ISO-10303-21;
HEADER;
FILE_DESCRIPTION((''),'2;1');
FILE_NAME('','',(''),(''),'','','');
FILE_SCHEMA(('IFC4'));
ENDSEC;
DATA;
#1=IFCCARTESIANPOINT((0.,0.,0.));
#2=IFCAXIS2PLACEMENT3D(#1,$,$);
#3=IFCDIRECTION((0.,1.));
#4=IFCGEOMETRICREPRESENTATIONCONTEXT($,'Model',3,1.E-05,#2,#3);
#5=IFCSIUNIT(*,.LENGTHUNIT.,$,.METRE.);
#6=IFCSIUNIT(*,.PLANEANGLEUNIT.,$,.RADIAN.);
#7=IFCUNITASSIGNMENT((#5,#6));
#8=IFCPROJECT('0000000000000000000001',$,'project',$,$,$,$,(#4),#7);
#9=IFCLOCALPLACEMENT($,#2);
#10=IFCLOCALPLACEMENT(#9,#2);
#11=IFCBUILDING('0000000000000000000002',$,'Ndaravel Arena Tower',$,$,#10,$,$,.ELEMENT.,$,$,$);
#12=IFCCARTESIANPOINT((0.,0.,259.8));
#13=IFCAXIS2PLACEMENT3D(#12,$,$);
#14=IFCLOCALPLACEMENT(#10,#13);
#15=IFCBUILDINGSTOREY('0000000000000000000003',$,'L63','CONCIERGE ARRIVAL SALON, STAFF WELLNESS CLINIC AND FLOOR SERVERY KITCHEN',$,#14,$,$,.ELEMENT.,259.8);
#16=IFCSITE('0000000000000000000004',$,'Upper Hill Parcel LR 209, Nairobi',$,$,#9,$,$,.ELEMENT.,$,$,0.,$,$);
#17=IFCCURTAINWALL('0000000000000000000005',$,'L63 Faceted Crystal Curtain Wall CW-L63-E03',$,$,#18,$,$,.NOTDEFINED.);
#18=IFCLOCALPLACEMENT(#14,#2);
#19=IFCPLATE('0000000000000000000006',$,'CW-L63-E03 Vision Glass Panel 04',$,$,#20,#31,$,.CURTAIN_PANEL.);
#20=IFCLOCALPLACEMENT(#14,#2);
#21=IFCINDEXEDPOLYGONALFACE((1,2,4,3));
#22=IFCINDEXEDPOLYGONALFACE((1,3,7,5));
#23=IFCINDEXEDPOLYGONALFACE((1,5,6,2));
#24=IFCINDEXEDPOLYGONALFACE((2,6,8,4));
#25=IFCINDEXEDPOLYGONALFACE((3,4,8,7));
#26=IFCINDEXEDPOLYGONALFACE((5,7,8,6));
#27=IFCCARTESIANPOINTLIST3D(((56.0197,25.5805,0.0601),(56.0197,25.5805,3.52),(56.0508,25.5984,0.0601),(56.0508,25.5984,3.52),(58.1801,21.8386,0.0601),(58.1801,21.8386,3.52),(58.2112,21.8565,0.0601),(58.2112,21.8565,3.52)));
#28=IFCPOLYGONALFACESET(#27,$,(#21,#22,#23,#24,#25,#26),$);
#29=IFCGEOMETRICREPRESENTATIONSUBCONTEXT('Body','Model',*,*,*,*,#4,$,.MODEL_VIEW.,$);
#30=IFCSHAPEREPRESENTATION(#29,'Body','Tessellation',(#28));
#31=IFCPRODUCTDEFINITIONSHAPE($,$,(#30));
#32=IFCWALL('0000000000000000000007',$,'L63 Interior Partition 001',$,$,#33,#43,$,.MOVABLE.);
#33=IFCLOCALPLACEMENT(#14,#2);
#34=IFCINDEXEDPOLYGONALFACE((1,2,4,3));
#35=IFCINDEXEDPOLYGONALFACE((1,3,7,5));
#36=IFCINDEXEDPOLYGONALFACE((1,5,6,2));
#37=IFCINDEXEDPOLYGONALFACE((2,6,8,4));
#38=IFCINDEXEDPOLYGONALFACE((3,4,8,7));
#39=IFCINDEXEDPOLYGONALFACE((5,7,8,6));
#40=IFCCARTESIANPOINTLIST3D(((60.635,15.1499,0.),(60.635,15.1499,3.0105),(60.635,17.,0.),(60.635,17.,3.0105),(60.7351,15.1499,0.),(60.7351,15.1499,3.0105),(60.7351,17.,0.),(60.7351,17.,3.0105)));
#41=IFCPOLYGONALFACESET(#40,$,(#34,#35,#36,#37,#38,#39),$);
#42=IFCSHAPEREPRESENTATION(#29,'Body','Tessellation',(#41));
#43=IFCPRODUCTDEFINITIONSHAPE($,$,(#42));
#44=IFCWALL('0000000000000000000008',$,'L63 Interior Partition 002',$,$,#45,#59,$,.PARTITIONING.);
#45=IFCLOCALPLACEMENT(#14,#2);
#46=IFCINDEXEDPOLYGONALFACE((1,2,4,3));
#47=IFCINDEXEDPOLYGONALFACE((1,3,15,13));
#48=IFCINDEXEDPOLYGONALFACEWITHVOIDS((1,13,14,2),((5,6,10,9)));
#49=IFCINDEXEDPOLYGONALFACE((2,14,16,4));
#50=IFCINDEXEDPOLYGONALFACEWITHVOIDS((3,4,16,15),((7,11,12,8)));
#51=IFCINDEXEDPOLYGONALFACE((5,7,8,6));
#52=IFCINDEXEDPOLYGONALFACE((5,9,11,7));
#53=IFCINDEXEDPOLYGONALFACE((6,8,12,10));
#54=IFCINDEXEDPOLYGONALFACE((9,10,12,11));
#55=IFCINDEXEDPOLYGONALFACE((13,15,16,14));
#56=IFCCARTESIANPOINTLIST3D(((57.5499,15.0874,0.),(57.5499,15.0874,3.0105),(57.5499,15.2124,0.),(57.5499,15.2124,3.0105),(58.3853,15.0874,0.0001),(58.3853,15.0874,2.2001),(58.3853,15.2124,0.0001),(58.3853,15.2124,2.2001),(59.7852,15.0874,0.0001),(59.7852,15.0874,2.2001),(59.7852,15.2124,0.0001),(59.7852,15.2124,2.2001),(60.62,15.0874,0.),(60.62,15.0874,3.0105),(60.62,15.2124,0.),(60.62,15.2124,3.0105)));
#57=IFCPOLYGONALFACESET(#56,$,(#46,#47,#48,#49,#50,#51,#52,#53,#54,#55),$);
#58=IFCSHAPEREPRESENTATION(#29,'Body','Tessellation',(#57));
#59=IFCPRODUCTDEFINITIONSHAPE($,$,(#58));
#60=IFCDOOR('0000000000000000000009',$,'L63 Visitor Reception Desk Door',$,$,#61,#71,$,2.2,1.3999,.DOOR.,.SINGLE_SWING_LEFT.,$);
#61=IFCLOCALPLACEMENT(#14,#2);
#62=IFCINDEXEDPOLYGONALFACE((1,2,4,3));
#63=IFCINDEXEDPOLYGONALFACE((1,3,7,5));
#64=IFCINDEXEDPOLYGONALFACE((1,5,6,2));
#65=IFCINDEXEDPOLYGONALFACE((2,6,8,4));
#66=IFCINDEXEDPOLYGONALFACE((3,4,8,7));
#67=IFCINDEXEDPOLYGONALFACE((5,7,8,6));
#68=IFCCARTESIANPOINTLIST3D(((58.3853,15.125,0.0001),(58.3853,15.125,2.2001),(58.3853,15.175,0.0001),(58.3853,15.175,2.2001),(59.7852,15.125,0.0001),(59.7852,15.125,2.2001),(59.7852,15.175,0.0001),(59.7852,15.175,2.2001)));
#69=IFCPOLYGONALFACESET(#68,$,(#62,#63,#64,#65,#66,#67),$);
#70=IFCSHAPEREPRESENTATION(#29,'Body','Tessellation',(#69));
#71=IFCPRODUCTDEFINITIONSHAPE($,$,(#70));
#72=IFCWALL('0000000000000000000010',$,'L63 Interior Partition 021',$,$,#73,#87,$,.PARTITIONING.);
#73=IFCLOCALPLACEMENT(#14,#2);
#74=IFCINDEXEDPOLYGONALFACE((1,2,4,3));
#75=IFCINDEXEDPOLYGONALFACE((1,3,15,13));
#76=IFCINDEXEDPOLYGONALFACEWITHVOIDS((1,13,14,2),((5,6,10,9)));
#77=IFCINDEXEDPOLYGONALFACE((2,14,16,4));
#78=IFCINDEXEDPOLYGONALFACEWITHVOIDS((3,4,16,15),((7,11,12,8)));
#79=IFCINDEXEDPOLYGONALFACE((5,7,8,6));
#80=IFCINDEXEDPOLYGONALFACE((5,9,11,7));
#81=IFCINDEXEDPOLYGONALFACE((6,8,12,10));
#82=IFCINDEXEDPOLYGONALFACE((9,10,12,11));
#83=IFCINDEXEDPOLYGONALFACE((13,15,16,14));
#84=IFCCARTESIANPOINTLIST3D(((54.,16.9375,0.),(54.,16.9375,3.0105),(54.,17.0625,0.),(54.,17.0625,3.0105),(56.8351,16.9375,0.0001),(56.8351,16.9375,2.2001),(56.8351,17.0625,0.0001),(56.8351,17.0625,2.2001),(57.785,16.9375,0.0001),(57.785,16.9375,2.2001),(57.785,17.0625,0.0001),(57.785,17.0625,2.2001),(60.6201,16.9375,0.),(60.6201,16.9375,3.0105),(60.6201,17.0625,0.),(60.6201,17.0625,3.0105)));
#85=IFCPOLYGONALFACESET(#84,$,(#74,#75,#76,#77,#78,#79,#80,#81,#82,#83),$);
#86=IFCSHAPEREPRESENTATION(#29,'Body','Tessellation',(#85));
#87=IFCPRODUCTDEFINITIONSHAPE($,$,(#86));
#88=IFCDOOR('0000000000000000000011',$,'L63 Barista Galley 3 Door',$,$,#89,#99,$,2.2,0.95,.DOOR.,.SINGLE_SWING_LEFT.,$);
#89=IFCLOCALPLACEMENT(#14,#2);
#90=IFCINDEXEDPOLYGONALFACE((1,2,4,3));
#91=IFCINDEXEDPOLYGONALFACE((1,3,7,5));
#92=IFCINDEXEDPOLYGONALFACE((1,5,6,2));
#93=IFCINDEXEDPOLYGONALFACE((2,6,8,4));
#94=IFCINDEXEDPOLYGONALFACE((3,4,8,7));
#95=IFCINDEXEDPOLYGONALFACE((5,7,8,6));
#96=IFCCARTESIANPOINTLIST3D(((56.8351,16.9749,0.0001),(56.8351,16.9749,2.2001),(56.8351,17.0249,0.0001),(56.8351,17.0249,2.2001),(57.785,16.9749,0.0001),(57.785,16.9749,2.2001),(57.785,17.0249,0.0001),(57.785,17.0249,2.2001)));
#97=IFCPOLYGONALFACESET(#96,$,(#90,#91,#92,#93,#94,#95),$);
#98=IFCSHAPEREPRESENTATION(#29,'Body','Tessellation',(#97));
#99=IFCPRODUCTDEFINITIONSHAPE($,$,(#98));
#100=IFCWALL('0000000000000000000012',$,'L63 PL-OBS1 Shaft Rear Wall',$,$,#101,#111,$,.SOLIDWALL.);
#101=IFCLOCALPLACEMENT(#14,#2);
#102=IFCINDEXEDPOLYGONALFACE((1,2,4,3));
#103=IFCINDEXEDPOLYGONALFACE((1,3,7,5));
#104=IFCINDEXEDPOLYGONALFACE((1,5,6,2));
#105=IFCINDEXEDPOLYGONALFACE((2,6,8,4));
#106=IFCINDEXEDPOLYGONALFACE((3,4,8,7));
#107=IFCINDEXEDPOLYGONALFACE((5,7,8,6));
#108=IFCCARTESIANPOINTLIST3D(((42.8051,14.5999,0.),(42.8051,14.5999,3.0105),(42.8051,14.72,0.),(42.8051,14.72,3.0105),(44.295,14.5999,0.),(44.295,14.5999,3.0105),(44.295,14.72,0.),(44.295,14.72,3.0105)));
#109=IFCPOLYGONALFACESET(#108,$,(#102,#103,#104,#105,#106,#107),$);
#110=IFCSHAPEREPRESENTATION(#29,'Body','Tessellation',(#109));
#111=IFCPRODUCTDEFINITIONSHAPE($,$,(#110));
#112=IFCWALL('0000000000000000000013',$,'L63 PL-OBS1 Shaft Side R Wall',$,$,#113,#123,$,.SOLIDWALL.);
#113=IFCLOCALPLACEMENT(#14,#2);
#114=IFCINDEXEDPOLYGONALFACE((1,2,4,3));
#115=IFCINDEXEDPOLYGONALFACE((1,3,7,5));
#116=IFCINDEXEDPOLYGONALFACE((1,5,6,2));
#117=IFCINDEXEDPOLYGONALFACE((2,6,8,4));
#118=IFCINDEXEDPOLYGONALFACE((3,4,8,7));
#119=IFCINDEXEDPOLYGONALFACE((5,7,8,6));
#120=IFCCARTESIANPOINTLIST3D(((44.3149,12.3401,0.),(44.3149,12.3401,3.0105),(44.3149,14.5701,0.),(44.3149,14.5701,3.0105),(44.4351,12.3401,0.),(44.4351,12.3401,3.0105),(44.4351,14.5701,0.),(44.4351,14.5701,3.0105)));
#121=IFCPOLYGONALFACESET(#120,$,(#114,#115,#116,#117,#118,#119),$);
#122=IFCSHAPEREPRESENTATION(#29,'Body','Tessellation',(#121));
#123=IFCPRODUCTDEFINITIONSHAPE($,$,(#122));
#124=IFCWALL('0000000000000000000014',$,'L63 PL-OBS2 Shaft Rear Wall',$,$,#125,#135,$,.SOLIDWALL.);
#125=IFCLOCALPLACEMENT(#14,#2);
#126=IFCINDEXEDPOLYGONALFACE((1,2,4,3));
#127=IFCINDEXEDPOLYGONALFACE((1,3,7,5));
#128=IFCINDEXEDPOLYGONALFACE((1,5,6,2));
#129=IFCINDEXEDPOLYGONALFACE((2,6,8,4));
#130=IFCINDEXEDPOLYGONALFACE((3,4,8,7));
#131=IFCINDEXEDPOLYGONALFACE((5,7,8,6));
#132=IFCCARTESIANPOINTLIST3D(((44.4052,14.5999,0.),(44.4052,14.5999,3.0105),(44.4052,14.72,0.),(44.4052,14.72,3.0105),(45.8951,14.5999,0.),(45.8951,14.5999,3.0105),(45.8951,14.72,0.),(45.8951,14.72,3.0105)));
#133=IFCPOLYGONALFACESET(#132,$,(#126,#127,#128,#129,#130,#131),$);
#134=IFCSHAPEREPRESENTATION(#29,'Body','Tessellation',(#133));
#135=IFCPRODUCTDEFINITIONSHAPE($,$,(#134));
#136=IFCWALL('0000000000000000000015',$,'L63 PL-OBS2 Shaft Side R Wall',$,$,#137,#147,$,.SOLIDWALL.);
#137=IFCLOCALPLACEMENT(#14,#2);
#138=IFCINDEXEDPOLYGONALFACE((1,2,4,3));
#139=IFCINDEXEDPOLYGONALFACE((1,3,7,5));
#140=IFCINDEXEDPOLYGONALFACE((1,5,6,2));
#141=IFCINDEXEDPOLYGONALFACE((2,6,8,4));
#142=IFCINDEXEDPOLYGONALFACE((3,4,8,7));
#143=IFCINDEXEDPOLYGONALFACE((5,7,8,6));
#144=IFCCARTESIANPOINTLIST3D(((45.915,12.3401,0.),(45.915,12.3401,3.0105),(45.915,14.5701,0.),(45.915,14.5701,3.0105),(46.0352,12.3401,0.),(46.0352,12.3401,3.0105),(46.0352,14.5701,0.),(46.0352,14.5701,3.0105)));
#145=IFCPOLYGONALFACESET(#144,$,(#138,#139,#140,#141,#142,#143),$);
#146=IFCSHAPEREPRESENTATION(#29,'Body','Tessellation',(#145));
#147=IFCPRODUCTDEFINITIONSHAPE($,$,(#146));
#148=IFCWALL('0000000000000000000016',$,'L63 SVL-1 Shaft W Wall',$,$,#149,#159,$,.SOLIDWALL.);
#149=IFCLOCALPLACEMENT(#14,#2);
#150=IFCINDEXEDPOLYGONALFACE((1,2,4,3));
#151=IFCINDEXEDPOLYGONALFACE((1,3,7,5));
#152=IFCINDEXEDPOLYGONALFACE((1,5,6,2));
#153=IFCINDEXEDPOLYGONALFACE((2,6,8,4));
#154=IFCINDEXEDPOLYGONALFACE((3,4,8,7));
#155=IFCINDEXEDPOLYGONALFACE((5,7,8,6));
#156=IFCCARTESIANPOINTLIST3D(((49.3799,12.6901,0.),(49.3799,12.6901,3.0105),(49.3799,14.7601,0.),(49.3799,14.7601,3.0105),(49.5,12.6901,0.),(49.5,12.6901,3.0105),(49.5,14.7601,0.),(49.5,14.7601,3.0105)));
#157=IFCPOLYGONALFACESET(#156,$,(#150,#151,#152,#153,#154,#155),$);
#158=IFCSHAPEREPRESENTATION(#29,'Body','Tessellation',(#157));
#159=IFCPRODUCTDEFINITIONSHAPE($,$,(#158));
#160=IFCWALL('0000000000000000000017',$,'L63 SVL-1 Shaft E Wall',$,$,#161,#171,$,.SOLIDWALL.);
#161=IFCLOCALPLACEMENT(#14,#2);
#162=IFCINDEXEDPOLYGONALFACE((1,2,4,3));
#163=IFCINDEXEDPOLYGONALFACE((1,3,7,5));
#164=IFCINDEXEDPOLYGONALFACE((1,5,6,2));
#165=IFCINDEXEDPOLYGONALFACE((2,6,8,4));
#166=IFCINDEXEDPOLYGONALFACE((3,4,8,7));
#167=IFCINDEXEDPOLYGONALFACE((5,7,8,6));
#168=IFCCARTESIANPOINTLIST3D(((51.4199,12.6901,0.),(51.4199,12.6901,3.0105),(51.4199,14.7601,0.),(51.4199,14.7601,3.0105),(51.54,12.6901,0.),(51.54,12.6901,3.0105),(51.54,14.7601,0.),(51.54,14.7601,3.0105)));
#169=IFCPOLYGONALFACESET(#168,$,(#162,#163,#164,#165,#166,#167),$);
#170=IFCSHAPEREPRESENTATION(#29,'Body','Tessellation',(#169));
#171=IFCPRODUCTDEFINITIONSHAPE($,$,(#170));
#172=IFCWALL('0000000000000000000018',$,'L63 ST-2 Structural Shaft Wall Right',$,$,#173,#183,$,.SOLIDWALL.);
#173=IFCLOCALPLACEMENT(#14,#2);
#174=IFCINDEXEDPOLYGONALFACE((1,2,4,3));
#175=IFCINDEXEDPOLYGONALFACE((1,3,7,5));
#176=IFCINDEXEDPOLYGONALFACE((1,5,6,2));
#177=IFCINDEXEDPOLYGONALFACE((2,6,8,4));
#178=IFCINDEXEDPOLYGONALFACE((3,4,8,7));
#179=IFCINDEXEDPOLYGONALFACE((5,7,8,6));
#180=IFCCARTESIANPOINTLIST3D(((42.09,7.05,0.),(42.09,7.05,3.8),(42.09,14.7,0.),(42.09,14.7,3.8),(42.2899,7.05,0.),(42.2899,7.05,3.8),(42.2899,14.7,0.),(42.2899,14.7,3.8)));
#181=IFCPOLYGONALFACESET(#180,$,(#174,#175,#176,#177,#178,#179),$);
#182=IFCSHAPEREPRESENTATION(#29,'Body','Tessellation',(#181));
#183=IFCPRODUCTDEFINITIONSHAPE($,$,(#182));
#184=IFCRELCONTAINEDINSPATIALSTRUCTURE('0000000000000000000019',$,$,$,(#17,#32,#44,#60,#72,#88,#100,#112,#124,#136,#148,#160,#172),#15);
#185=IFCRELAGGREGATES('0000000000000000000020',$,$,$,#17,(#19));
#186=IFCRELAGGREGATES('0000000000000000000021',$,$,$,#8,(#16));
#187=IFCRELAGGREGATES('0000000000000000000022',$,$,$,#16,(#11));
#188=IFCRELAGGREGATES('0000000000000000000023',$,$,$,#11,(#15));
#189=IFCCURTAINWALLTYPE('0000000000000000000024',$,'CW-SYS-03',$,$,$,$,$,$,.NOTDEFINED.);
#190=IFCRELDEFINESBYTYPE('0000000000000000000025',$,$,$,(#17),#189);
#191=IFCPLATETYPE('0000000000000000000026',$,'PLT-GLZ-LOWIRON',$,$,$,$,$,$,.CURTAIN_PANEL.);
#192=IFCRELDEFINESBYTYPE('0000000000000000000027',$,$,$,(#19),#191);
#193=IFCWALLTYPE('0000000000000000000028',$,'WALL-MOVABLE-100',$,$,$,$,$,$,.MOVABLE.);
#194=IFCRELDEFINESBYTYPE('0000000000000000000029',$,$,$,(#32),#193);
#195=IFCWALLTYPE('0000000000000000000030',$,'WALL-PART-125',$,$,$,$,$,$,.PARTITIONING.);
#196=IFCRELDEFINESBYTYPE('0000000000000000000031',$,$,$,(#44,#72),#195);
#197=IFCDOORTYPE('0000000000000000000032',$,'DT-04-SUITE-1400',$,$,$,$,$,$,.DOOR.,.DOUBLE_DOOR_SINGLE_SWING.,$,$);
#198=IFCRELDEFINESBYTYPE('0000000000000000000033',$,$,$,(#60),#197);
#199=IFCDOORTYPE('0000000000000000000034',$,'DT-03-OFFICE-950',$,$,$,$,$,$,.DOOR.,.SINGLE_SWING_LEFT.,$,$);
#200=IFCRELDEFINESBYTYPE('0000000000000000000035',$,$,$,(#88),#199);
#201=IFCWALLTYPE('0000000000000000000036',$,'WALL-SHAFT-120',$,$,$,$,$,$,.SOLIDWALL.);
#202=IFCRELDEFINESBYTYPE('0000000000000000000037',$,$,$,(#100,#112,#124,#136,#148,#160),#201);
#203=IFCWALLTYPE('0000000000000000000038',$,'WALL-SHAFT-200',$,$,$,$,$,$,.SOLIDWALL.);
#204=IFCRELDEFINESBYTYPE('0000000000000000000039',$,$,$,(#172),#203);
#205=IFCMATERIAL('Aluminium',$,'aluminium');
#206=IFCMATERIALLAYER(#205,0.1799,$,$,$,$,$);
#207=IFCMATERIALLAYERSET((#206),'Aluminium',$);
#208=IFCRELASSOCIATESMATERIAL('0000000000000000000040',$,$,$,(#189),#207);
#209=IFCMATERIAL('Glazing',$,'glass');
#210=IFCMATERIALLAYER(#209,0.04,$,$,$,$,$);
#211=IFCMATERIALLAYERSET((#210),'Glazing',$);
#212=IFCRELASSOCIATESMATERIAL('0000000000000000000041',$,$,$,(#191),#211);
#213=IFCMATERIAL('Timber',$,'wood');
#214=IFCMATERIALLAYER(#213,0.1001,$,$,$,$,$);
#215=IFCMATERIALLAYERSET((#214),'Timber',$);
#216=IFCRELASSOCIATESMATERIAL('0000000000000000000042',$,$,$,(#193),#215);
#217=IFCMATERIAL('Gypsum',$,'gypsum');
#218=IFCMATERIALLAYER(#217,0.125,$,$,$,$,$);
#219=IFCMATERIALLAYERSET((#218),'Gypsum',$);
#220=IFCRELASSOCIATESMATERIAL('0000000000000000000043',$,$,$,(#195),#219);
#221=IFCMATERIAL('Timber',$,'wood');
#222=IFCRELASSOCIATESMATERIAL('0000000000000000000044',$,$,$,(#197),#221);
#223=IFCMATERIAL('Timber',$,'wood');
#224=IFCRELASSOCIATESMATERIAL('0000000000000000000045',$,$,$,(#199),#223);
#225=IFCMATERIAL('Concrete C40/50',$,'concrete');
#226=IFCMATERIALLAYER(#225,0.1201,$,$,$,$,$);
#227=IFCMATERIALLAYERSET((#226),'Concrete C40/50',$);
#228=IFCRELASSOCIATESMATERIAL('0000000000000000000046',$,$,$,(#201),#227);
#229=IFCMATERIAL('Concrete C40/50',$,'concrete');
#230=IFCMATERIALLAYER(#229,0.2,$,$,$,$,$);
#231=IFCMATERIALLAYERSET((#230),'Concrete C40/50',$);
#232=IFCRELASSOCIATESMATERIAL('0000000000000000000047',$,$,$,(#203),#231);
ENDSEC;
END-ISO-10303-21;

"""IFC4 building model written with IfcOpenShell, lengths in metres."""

from ifc_helpers import new_model, si_unit, direction, frame, frame_2d, origin, origin_2d, place, context, subcontext, project, spatial, rectangle, extrude, material, layer, layer_set, type_object, element, fill, aggregate, save


model = new_model("IFC4")

# Units and contexts
model_context = context("Model", 3, precision=1e-05, world=origin(), true_north=direction((0.0, 1.0)))
body_context = subcontext(model_context, "Body", "Model", "MODEL_VIEW")
ifc_project = project(units=[si_unit("LENGTHUNIT", "METRE"), si_unit("PLANEANGLEUNIT", "RADIAN")], contexts=[model_context])

# Site, building, storey
site_placement = place(None, origin())
site = spatial("IfcSite", under=ifc_project, at=site_placement, Name="Upper Hill Parcel LR 209, Nairobi", CompositionType="ELEMENT", RefElevation=0.0)
building_placement = place(site_placement, origin())
building = spatial("IfcBuilding", under=site, at=building_placement, Name="Ndaravel Arena Tower", CompositionType="ELEMENT")
storey_placement = place(building_placement, frame((0.0, 0.0, 259.8)))
storey = spatial("IfcBuildingStorey", under=building, at=storey_placement, Name="L63", Description="CONCIERGE ARRIVAL SALON, STAFF WELLNESS CLINIC AND FLOOR SERVERY KITCHEN", CompositionType="ELEMENT", Elevation=259.8)

# Curtain wall, plate
ifc_material_1 = material(Name="Aluminium", Category="aluminium")
ifc_layer_1 = layer(ifc_material_1, 0.1799)
ifc_layer_set_1 = layer_set([ifc_layer_1], Name="Aluminium")
curtain_wall_type = type_object("IfcCurtainWallType", Name="CW-SYS-03", PredefinedType="NOTDEFINED", material=ifc_layer_set_1)
curtain_wall_placement = place(storey_placement, origin())
curtain_wall = element("IfcCurtainWall", 1, at=curtain_wall_placement, inside=storey, type_object=curtain_wall_type, Name="L63 Faceted Crystal Curtain Wall CW-L63-E03", PredefinedType="NOTDEFINED")
ifc_material_2 = material(Name="Glazing", Category="glass")
ifc_layer_2 = layer(ifc_material_2, 0.04)
ifc_layer_set_2 = layer_set([ifc_layer_2], Name="Glazing")
plate_type = type_object("IfcPlateType", Name="PLT-GLZ-LOWIRON", PredefinedType="CURTAIN_PANEL", material=ifc_layer_set_2)
plate_1_placement = place(storey_placement, frame((57.1155, 23.7185, 0.0601), z_axis=(0.0, 0.0, 1.0), x_axis=(-0.5, 0.866025, 0.0)))
plate_1 = element("IfcPlate", 2, at=plate_1_placement, type_object=plate_type, Name="CW-L63-E03 Vision Glass Panel 04", PredefinedType="CURTAIN_PANEL", context=body_context, shape_type="SweptSolid", body=[
    extrude(rectangle(XDim=4.3208, YDim=0.0359, at=origin_2d()), origin(), (0.0, 0.0, 1.0), 3.46),
])
aggregate(curtain_wall, [plate_1])

# Wall
ifc_material_3 = material(Name="Timber", Category="wood")
ifc_layer_3 = layer(ifc_material_3, 0.1001)
ifc_layer_set_3 = layer_set([ifc_layer_3], Name="Timber")
wall_type_1 = type_object("IfcWallType", Name="WALL-MOVABLE-100", PredefinedType="MOVABLE", material=ifc_layer_set_3)
wall_1_placement = place(storey_placement, frame((60.6851, 17.0, 0.0), z_axis=(0.0, 0.0, 1.0), x_axis=(0.0, -1.0, 0.0)))
element("IfcWall", 3, at=wall_1_placement, inside=storey, type_object=wall_type_1, Name="L63 Interior Partition 001", PredefinedType="MOVABLE", context=body_context, shape_type="SweptSolid", body=[
    extrude(rectangle(XDim=1.8501, YDim=0.1001, at=frame_2d((0.925, 0.0))), origin(), (0.0, 0.0, 1.0), 3.0105),
])

# Walls, openings, doors
ifc_material_4 = material(Name="Gypsum", Category="gypsum")
ifc_layer_4 = layer(ifc_material_4, 0.125)
ifc_layer_set_4 = layer_set([ifc_layer_4], Name="Gypsum")
wall_type_2 = type_object("IfcWallType", Name="WALL-PART-125", PredefinedType="PARTITIONING", material=ifc_layer_set_4)
wall_2_placement = place(storey_placement, frame((60.6201, 15.1499, 0.0), z_axis=(0.0, 0.0, 1.0), x_axis=(-1.0, 0.0, 0.0)))
wall_2 = element("IfcWall", 4, at=wall_2_placement, inside=storey, type_object=wall_type_2, Name="L63 Interior Partition 002", PredefinedType="PARTITIONING", context=body_context, shape_type="SweptSolid", body=[
    extrude(rectangle(XDim=3.0701, YDim=0.125, at=frame_2d((1.5352, 0.0))), origin(), (0.0, 0.0, 1.0), 3.0105),
])
opening_1_placement = place(wall_2_placement, frame((0.835, 0.0, 0.0)))
opening_1 = element("IfcOpeningElement", 5, at=opening_1_placement, cuts=wall_2, PredefinedType="OPENING", context=body_context, shape_type="SweptSolid", body=[
    extrude(rectangle(XDim=1.3999, YDim=2.2, at=frame_2d((0.7, 1.1001))), frame((0.0, 0.0625, 0.0), z_axis=(0.0, -1.0, 0.0), x_axis=(1.0, 0.0, 0.0)), (0.0, 0.0, 1.0), 0.125),
])
ifc_material_5 = material(Name="Timber", Category="wood")
door_type_1 = type_object("IfcDoorType", Name="DT-04-SUITE-1400", OperationType="DOUBLE_DOOR_SINGLE_SWING", PredefinedType="DOOR", material=ifc_material_5)
door_1_placement = place(opening_1_placement, origin())
door_1 = element("IfcDoor", 6, at=door_1_placement, inside=storey, type_object=door_type_1, Name="L63 Visitor Reception Desk Door", OperationType="SINGLE_SWING_LEFT", OverallHeight=2.2, OverallWidth=1.3999, PredefinedType="DOOR", context=body_context, shape_type="SweptSolid", body=[
    extrude(rectangle(XDim=1.3999, YDim=2.2, at=frame_2d((0.7, 1.1001))), frame((0.0, 0.0249, 0.0), z_axis=(0.0, -1.0, 0.0), x_axis=(1.0, 0.0, 0.0)), (0.0, 0.0, 1.0), 0.05),
])
fill(opening_1, door_1)
wall_3_placement = place(storey_placement, frame((54.0, 17.0, 0.0), z_axis=(0.0, 0.0, 1.0), x_axis=(1.0, 0.0, 0.0)))
wall_3 = element("IfcWall", 7, at=wall_3_placement, inside=storey, type_object=wall_type_2, Name="L63 Interior Partition 021", PredefinedType="PARTITIONING", context=body_context, shape_type="SweptSolid", body=[
    extrude(rectangle(XDim=6.6201, YDim=0.125, at=frame_2d((3.3101, 0.0))), origin(), (0.0, 0.0, 1.0), 3.0105),
])
opening_2_placement = place(wall_3_placement, frame((2.835, 0.0, 0.0)))
opening_2 = element("IfcOpeningElement", 8, at=opening_2_placement, cuts=wall_3, PredefinedType="OPENING", context=body_context, shape_type="SweptSolid", body=[
    extrude(rectangle(XDim=0.95, YDim=2.2, at=frame_2d((0.4751, 1.1001))), frame((0.0, 0.0625, 0.0), z_axis=(0.0, -1.0, 0.0), x_axis=(1.0, 0.0, 0.0)), (0.0, 0.0, 1.0), 0.125),
])
ifc_material_6 = material(Name="Timber", Category="wood")
door_type_2 = type_object("IfcDoorType", Name="DT-03-OFFICE-950", OperationType="SINGLE_SWING_LEFT", PredefinedType="DOOR", material=ifc_material_6)
door_2_placement = place(opening_2_placement, origin())
door_2 = element("IfcDoor", 9, at=door_2_placement, inside=storey, type_object=door_type_2, Name="L63 Barista Galley 3 Door", OperationType="SINGLE_SWING_LEFT", OverallHeight=2.2, OverallWidth=0.95, PredefinedType="DOOR", context=body_context, shape_type="SweptSolid", body=[
    extrude(rectangle(XDim=0.95, YDim=2.2, at=frame_2d((0.4751, 1.1001))), frame((0.0, 0.0249, 0.0), z_axis=(0.0, -1.0, 0.0), x_axis=(1.0, 0.0, 0.0)), (0.0, 0.0, 1.0), 0.05),
])
fill(opening_2, door_2)

# Walls
ifc_material_7 = material(Name="Concrete C40/50", Category="concrete")
ifc_layer_5 = layer(ifc_material_7, 0.1201)
ifc_layer_set_5 = layer_set([ifc_layer_5], Name="Concrete C40/50")
wall_type_3 = type_object("IfcWallType", Name="WALL-SHAFT-120", PredefinedType="SOLIDWALL", material=ifc_layer_set_5)
wall_4_placement = place(storey_placement, frame((42.8049, 14.6599, 0.0), z_axis=(0.0, 0.0, 1.0), x_axis=(1.0, 0.0, 0.0)))
element("IfcWall", 10, at=wall_4_placement, inside=storey, type_object=wall_type_3, Name="L63 PL-OBS1 Shaft Rear Wall", PredefinedType="SOLIDWALL", context=body_context, shape_type="SweptSolid", body=[
    extrude(rectangle(XDim=1.49, YDim=0.1201, at=frame_2d((0.7451, 0.0))), origin(), (0.0, 0.0, 1.0), 3.0105),
])
wall_5_placement = place(storey_placement, frame((44.375, 12.3401, 0.0), z_axis=(0.0, 0.0, 1.0), x_axis=(0.0, 1.0, 0.0)))
element("IfcWall", 11, at=wall_5_placement, inside=storey, type_object=wall_type_3, Name="L63 PL-OBS1 Shaft Side R Wall", PredefinedType="SOLIDWALL", context=body_context, shape_type="SweptSolid", body=[
    extrude(rectangle(XDim=2.23, YDim=0.1201, at=frame_2d((1.115, 0.0))), origin(), (0.0, 0.0, 1.0), 3.0105),
])
wall_6_placement = place(storey_placement, frame((44.405, 14.6599, 0.0), z_axis=(0.0, 0.0, 1.0), x_axis=(1.0, 0.0, 0.0)))
element("IfcWall", 12, at=wall_6_placement, inside=storey, type_object=wall_type_3, Name="L63 PL-OBS2 Shaft Rear Wall", PredefinedType="SOLIDWALL", context=body_context, shape_type="SweptSolid", body=[
    extrude(rectangle(XDim=1.49, YDim=0.1201, at=frame_2d((0.7451, 0.0))), origin(), (0.0, 0.0, 1.0), 3.0105),
])
wall_7_placement = place(storey_placement, frame((45.9751, 12.3401, 0.0), z_axis=(0.0, 0.0, 1.0), x_axis=(0.0, 1.0, 0.0)))
element("IfcWall", 13, at=wall_7_placement, inside=storey, type_object=wall_type_3, Name="L63 PL-OBS2 Shaft Side R Wall", PredefinedType="SOLIDWALL", context=body_context, shape_type="SweptSolid", body=[
    extrude(rectangle(XDim=2.23, YDim=0.1201, at=frame_2d((1.115, 0.0))), origin(), (0.0, 0.0, 1.0), 3.0105),
])
for number, where, z_axis, x_axis, name in (
    (14, (49.4399, 12.6899, 0.0), (0.0, 0.0, 1.0), (0.0, 1.0, 0.0), "L63 SVL-1 Shaft W Wall"),
    (15, (51.48, 12.6899, 0.0), (0.0, 0.0, 1.0), (0.0, 1.0, 0.0), "L63 SVL-1 Shaft E Wall"),
):
    element("IfcWall", number, at=place(storey_placement, frame(where, z_axis=z_axis, x_axis=x_axis)), inside=storey, type_object=wall_type_3, Name=name, PredefinedType="SOLIDWALL", context=body_context, shape_type="SweptSolid", body=[
        extrude(rectangle(XDim=2.0701, YDim=0.1201, at=frame_2d((1.0352, 0.0))), origin(), (0.0, 0.0, 1.0), 3.0105),
    ])
ifc_material_8 = material(Name="Concrete C40/50", Category="concrete")
ifc_layer_6 = layer(ifc_material_8, 0.2)
ifc_layer_set_6 = layer_set([ifc_layer_6], Name="Concrete C40/50")
wall_type_4 = type_object("IfcWallType", Name="WALL-SHAFT-200", PredefinedType="SOLIDWALL", material=ifc_layer_set_6)
for number, where, z_axis, x_axis, name in (
    (16, (42.1899, 14.7, 0.0), (0.0, 0.0, 1.0), (0.0, -1.0, 0.0), "L63 ST-2 Structural Shaft Wall Right"),
):
    element("IfcWall", number, at=place(storey_placement, frame(where, z_axis=z_axis, x_axis=x_axis)), inside=storey, type_object=wall_type_4, Name=name, PredefinedType="SOLIDWALL", context=body_context, shape_type="SweptSolid", body=[
        extrude(rectangle(XDim=7.6499, YDim=0.2, at=frame_2d((3.825, 0.0))), origin(), (0.0, 0.0, 1.0), 3.8),
    ])

save(model, "model.ifc")
